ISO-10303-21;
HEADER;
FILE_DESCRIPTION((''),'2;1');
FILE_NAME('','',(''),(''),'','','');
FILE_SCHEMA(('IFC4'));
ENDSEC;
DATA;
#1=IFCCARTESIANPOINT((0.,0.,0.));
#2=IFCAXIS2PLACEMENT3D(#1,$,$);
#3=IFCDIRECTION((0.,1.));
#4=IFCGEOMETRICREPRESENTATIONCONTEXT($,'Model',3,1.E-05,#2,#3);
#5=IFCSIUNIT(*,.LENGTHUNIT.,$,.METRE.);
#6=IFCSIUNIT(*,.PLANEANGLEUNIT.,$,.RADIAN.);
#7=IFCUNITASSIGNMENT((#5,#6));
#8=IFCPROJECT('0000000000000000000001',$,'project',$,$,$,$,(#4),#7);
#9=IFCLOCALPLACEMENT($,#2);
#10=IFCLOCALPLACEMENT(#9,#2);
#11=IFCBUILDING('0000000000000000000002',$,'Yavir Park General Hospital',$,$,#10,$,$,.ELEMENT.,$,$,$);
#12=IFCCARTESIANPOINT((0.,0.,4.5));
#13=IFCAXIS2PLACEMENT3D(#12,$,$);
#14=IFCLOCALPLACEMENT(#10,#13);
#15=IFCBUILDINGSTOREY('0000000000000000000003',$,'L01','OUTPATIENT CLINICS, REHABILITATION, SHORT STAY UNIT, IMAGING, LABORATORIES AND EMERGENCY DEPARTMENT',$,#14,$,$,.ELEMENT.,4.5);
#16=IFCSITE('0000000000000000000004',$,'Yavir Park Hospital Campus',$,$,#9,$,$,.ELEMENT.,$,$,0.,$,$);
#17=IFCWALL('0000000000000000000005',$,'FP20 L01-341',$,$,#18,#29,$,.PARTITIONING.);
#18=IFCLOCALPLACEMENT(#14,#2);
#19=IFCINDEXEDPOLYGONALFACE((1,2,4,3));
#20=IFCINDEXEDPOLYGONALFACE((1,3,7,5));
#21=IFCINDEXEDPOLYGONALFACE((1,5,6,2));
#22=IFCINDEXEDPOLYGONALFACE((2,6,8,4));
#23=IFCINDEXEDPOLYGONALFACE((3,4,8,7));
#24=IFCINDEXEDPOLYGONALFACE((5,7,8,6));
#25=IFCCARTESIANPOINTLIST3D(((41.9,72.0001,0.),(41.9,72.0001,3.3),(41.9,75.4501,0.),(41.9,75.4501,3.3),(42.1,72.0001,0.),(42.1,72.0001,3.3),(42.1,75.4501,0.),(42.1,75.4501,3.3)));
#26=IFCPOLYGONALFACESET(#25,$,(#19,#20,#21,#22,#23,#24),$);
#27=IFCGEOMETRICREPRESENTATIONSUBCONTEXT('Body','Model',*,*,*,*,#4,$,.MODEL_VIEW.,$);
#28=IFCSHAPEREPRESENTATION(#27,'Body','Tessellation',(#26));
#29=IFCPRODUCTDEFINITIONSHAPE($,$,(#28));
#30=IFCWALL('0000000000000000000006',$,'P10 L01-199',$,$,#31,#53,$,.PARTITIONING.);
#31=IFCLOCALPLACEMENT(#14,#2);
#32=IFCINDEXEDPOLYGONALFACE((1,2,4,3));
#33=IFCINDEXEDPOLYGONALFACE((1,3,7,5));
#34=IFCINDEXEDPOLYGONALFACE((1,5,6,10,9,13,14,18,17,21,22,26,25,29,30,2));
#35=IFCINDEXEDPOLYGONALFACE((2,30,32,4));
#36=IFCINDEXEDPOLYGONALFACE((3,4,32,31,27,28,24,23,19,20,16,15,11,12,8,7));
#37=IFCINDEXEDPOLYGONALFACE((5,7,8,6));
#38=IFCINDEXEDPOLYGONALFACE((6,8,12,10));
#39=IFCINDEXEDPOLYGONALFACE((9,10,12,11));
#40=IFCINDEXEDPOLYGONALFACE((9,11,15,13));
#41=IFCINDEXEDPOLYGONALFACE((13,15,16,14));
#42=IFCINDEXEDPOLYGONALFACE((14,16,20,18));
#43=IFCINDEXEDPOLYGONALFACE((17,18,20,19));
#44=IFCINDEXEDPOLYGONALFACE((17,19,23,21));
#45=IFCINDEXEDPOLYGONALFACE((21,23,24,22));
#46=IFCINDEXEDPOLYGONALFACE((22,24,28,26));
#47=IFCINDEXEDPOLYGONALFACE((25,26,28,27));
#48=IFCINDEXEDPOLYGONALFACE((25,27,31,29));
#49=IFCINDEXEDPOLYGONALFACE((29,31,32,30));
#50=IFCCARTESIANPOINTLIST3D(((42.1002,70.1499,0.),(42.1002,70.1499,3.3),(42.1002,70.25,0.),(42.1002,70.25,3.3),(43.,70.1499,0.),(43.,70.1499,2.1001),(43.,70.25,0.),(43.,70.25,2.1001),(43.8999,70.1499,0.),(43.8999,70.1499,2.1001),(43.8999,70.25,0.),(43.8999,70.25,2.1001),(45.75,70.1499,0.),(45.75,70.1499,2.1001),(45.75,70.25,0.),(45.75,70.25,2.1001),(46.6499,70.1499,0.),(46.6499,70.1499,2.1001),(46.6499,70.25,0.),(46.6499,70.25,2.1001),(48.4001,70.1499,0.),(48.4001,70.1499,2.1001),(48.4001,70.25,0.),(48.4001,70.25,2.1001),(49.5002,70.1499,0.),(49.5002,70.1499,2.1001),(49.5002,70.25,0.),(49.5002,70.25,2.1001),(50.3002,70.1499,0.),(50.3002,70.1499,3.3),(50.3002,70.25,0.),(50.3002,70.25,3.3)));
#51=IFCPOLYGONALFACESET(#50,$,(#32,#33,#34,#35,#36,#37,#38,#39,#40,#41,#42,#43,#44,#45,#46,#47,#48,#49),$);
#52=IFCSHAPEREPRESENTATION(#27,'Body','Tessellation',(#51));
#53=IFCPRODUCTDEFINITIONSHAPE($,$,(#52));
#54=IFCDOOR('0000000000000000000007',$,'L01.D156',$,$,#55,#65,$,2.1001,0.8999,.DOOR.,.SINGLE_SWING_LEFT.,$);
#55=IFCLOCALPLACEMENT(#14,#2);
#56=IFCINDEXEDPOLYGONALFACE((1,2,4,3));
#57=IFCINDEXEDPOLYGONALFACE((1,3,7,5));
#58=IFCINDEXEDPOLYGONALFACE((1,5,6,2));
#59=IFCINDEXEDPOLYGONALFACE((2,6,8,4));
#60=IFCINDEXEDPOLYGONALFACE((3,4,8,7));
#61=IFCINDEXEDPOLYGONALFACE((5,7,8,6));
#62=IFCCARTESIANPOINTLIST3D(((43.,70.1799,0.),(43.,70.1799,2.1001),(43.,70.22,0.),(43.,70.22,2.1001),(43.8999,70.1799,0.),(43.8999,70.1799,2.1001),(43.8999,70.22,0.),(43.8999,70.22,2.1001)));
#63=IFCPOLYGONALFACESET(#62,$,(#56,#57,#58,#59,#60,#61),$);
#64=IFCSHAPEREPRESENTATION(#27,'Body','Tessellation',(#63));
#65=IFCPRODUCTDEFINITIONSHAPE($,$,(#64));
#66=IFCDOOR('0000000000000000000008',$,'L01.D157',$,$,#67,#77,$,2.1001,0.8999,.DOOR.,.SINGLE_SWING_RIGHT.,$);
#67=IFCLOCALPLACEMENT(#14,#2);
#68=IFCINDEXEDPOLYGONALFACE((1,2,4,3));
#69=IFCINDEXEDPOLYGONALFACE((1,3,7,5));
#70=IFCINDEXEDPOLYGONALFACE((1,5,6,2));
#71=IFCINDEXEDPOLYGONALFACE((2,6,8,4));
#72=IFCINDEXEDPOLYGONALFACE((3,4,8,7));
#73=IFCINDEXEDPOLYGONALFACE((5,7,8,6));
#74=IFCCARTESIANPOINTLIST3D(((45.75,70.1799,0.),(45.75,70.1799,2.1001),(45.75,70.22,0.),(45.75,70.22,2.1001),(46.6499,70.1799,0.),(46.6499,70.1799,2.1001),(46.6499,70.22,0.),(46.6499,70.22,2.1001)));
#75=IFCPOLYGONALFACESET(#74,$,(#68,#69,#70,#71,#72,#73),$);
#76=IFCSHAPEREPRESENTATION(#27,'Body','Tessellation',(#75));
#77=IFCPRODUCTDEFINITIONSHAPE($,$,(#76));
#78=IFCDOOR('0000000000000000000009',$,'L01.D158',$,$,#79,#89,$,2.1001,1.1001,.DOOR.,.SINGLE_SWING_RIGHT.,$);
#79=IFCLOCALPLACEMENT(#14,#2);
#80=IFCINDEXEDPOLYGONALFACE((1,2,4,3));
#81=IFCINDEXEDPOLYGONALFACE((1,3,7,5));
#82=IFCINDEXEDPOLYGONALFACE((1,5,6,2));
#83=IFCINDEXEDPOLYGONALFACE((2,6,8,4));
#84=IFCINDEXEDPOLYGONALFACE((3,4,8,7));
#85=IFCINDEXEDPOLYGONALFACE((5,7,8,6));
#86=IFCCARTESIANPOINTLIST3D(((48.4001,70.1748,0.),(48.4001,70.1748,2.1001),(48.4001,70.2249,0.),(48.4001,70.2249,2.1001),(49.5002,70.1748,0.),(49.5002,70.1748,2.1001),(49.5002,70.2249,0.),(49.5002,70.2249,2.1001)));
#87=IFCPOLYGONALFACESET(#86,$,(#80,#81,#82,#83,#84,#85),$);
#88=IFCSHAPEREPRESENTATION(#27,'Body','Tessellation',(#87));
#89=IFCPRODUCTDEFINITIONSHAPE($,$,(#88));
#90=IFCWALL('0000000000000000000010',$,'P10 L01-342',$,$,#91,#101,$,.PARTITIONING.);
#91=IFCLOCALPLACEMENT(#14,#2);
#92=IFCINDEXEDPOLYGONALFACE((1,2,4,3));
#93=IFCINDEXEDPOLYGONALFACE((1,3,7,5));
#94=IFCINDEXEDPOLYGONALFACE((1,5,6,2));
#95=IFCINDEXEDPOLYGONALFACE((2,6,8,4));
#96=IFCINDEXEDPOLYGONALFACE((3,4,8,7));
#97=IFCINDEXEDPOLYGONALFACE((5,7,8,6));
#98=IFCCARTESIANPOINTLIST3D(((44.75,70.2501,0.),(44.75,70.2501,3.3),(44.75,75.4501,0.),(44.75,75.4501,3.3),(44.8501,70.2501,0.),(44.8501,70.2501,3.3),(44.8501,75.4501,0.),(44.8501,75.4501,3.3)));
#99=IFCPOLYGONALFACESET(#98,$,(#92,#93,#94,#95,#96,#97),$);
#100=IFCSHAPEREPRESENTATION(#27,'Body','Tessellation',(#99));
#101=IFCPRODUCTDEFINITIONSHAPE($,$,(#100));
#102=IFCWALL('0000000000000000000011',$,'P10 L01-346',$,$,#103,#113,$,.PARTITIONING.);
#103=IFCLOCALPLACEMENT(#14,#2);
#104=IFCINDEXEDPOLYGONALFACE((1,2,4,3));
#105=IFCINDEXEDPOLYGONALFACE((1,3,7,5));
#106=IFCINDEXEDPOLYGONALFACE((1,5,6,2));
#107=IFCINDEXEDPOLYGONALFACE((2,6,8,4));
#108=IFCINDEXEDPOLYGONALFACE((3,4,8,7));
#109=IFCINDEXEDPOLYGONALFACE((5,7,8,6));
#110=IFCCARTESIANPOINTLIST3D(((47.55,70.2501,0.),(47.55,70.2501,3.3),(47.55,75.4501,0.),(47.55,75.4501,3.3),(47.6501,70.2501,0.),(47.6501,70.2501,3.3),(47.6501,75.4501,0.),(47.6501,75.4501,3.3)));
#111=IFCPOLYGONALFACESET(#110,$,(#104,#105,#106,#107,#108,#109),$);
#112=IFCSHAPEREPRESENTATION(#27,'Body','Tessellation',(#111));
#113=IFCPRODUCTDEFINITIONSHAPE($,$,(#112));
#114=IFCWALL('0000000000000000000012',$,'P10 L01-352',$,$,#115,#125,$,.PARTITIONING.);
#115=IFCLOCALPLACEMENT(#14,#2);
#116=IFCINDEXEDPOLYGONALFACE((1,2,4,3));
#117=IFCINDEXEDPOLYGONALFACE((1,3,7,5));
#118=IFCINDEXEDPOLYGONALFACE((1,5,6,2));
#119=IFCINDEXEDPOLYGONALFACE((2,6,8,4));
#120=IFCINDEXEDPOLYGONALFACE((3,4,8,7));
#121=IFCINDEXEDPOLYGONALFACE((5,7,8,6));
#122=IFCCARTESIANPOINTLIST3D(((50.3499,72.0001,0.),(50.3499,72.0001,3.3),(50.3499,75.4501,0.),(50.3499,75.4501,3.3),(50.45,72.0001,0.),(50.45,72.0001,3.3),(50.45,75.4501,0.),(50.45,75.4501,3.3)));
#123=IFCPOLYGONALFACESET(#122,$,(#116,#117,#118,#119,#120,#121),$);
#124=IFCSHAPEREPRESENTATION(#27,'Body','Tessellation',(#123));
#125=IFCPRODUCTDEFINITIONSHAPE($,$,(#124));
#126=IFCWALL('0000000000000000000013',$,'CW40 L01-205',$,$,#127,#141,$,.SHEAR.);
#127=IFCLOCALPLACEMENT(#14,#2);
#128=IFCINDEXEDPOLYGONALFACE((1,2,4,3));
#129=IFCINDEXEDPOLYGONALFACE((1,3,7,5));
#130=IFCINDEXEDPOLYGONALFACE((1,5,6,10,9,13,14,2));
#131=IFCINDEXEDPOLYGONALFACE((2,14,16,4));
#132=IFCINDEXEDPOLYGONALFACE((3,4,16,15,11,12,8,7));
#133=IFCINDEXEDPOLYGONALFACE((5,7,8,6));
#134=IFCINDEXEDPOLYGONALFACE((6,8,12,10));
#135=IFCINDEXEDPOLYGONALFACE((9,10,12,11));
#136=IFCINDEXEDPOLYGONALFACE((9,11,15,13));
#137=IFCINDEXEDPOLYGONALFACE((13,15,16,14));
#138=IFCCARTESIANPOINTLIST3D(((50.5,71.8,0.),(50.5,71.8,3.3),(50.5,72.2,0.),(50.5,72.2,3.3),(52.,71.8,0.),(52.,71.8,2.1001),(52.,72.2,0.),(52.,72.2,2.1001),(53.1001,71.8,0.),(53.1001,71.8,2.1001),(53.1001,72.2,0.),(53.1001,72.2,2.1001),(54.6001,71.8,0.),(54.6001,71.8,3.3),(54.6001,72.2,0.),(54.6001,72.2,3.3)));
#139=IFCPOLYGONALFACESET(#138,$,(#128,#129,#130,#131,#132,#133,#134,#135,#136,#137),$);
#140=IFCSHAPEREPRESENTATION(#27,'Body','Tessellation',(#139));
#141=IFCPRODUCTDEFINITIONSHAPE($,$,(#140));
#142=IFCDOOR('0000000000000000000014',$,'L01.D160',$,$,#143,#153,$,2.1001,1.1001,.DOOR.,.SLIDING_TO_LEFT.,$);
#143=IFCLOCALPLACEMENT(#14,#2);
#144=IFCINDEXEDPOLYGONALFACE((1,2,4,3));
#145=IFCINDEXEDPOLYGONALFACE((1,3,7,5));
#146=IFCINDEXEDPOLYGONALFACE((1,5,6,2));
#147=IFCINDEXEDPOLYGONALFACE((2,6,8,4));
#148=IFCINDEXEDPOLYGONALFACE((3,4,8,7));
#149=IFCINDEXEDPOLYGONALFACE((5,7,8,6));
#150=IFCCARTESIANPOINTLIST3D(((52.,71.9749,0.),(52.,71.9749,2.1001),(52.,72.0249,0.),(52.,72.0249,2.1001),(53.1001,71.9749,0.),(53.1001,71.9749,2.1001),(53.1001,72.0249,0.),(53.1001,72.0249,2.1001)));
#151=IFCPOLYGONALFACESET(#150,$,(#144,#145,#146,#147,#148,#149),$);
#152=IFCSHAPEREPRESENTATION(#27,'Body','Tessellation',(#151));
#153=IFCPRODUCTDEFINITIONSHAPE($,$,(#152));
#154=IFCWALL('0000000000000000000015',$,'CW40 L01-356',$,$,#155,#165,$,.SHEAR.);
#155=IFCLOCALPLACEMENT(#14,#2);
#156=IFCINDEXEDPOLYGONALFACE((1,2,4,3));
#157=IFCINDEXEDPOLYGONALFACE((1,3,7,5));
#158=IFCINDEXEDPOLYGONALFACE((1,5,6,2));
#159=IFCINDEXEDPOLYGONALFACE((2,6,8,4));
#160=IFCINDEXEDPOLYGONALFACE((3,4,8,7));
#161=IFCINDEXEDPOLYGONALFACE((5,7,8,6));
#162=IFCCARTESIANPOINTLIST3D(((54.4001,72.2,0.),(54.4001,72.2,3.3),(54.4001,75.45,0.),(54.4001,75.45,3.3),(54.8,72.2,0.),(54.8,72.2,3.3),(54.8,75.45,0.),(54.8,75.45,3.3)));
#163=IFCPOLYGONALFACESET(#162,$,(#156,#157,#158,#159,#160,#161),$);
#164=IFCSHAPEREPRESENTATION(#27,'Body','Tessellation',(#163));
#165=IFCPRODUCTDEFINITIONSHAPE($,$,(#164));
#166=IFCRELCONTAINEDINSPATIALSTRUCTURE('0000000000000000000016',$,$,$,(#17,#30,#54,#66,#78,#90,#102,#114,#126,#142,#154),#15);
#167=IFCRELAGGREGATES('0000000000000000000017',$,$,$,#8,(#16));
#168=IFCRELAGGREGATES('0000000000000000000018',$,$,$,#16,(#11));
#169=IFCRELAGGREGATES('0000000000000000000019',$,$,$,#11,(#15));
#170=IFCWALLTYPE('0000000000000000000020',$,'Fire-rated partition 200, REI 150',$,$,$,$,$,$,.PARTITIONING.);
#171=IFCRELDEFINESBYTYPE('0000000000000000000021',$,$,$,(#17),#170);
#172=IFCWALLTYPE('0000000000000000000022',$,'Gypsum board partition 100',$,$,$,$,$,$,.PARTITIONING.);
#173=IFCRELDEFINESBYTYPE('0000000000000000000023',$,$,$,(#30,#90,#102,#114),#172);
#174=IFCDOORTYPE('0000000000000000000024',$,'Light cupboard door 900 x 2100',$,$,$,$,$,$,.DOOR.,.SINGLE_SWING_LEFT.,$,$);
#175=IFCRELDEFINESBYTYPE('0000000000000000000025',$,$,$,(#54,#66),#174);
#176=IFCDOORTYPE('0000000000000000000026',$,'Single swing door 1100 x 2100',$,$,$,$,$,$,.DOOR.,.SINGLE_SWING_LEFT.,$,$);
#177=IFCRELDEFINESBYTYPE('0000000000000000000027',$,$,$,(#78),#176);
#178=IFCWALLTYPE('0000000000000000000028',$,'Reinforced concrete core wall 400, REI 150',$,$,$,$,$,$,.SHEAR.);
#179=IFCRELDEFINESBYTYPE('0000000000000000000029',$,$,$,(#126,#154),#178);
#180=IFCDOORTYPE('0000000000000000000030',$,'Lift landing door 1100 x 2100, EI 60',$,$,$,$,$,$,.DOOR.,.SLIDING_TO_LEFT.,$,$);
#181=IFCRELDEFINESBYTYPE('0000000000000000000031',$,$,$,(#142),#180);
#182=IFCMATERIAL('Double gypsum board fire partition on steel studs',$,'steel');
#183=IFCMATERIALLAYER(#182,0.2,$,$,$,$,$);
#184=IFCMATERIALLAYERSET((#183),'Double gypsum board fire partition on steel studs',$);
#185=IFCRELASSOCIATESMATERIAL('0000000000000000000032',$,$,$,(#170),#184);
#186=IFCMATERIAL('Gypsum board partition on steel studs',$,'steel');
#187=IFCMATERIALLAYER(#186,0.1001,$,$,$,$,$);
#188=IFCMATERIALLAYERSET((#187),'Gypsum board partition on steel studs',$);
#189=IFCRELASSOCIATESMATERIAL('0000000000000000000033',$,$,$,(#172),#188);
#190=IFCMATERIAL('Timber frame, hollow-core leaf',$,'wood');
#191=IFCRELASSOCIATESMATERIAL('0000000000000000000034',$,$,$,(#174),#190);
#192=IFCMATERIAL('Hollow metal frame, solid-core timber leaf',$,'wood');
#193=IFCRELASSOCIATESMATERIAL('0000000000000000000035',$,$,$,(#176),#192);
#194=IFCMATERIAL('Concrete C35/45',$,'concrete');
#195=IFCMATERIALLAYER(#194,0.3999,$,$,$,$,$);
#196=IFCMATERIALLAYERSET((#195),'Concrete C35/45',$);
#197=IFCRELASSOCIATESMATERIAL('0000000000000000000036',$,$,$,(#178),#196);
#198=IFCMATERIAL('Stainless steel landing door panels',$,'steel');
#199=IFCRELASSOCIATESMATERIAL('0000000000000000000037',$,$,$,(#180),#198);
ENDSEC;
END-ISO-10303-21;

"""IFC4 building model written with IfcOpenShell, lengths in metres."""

from ifc_helpers import new_model, si_unit, direction, frame, frame_2d, origin, place, context, subcontext, project, spatial, rectangle, extrude, material, layer, layer_set, type_object, element, fill, save


model = new_model("IFC4")

# Units and contexts
model_context = context("Model", 3, precision=1e-05, world=origin(), true_north=direction((0.0, 1.0)))
body_context = subcontext(model_context, "Body", "Model", "MODEL_VIEW")
ifc_project = project(units=[si_unit("LENGTHUNIT", "METRE"), si_unit("PLANEANGLEUNIT", "RADIAN")], contexts=[model_context])

# Site, building, storey
site_placement = place(None, origin())
site = spatial("IfcSite", under=ifc_project, at=site_placement, Name="Yavir Park Hospital Campus", CompositionType="ELEMENT", RefElevation=0.0)
building_placement = place(site_placement, origin())
building = spatial("IfcBuilding", under=site, at=building_placement, Name="Yavir Park General Hospital", CompositionType="ELEMENT")
storey_placement = place(building_placement, frame((0.0, 0.0, 4.5)))
storey = spatial("IfcBuildingStorey", under=building, at=storey_placement, Name="L01", Description="OUTPATIENT CLINICS, REHABILITATION, SHORT STAY UNIT, IMAGING, LABORATORIES AND EMERGENCY DEPARTMENT", CompositionType="ELEMENT", Elevation=4.5)

# Wall
ifc_material_1 = material(Name="Double gypsum board fire partition on steel studs", Category="steel")
ifc_layer_1 = layer(ifc_material_1, 0.2)
ifc_layer_set_1 = layer_set([ifc_layer_1], Name="Double gypsum board fire partition on steel studs")
wall_type_1 = type_object("IfcWallType", Name="Fire-rated partition 200, REI 150", PredefinedType="PARTITIONING", material=ifc_layer_set_1)
wall_1_placement = place(storey_placement, frame((42.0, 72.0, 0.0), z_axis=(0.0, 0.0, 1.0), x_axis=(0.0, 1.0, 0.0)))
element("IfcWall", 1, at=wall_1_placement, inside=storey, type_object=wall_type_1, Name="FP20 L01-341", PredefinedType="PARTITIONING", context=body_context, shape_type="SweptSolid", body=[
    extrude(rectangle(XDim=3.45, YDim=0.2, at=frame_2d((1.7251, 0.0))), origin(), (0.0, 0.0, 1.0), 3.3),
])

# Wall, openings, doors
ifc_material_2 = material(Name="Gypsum board partition on steel studs", Category="steel")
ifc_layer_2 = layer(ifc_material_2, 0.1001)
ifc_layer_set_2 = layer_set([ifc_layer_2], Name="Gypsum board partition on steel studs")
wall_type_2 = type_object("IfcWallType", Name="Gypsum board partition 100", PredefinedType="PARTITIONING", material=ifc_layer_set_2)
wall_2_placement = place(storey_placement, frame((42.1001, 70.2, 0.0), z_axis=(0.0, 0.0, 1.0), x_axis=(1.0, 0.0, 0.0)))
wall_2 = element("IfcWall", 2, at=wall_2_placement, inside=storey, type_object=wall_type_2, Name="P10 L01-199", PredefinedType="PARTITIONING", context=body_context, shape_type="SweptSolid", body=[
    extrude(rectangle(XDim=8.2, YDim=0.1001, at=frame_2d((4.1001, 0.0))), origin(), (0.0, 0.0, 1.0), 3.3),
])
opening_1_placement = place(wall_2_placement, frame((0.8999, 0.0, 0.0)))
opening_1 = element("IfcOpeningElement", 3, at=opening_1_placement, cuts=wall_2, PredefinedType="OPENING", context=body_context, shape_type="SweptSolid", body=[
    extrude(rectangle(XDim=0.8999, YDim=2.1001, at=frame_2d((0.45, 1.05))), frame((0.0, 0.0601, 0.0), z_axis=(0.0, -1.0, 0.0), x_axis=(1.0, 0.0, 0.0)), (0.0, 0.0, 1.0), 0.1201),
])
opening_2_placement = place(wall_2_placement, frame((3.6499, 0.0, 0.0)))
opening_2 = element("IfcOpeningElement", 4, at=opening_2_placement, cuts=wall_2, PredefinedType="OPENING", context=body_context, shape_type="SweptSolid", body=[
    extrude(rectangle(XDim=0.8999, YDim=2.1001, at=frame_2d((0.45, 1.05))), frame((0.0, 0.0601, 0.0), z_axis=(0.0, -1.0, 0.0), x_axis=(1.0, 0.0, 0.0)), (0.0, 0.0, 1.0), 0.1201),
])
opening_3_placement = place(wall_2_placement, frame((6.3, 0.0, 0.0)))
opening_3 = element("IfcOpeningElement", 5, at=opening_3_placement, cuts=wall_2, PredefinedType="OPENING", context=body_context, shape_type="SweptSolid", body=[
    extrude(rectangle(XDim=1.1001, YDim=2.1001, at=frame_2d((0.55, 1.05))), frame((0.0, 0.0601, 0.0), z_axis=(0.0, -1.0, 0.0), x_axis=(1.0, 0.0, 0.0)), (0.0, 0.0, 1.0), 0.1201),
])
ifc_material_3 = material(Name="Timber frame, hollow-core leaf", Category="wood")
door_type_1 = type_object("IfcDoorType", Name="Light cupboard door 900 x 2100", OperationType="SINGLE_SWING_LEFT", PredefinedType="DOOR", material=ifc_material_3)
door_1_placement = place(opening_1_placement, origin())
door_1 = element("IfcDoor", 6, at=door_1_placement, inside=storey, type_object=door_type_1, Name="L01.D156", OperationType="SINGLE_SWING_LEFT", OverallHeight=2.1001, OverallWidth=0.8999, PredefinedType="DOOR", context=body_context, shape_type="SweptSolid", body=[
    extrude(rectangle(XDim=0.8999, YDim=2.1001, at=frame_2d((0.45, 1.05))), frame((0.0, 0.02, 0.0), z_axis=(0.0, -1.0, 0.0), x_axis=(1.0, 0.0, 0.0)), (0.0, 0.0, 1.0), 0.04),
])
fill(opening_1, door_1)
door_2_placement = place(opening_2_placement, origin())
door_2 = element("IfcDoor", 7, at=door_2_placement, inside=storey, type_object=door_type_1, Name="L01.D157", OperationType="SINGLE_SWING_RIGHT", OverallHeight=2.1001, OverallWidth=0.8999, PredefinedType="DOOR", context=body_context, shape_type="SweptSolid", body=[
    extrude(rectangle(XDim=0.8999, YDim=2.1001, at=frame_2d((0.45, 1.05))), frame((0.0, 0.02, 0.0), z_axis=(0.0, -1.0, 0.0), x_axis=(1.0, 0.0, 0.0)), (0.0, 0.0, 1.0), 0.04),
])
fill(opening_2, door_2)
ifc_material_4 = material(Name="Hollow metal frame, solid-core timber leaf", Category="wood")
door_type_2 = type_object("IfcDoorType", Name="Single swing door 1100 x 2100", OperationType="SINGLE_SWING_LEFT", PredefinedType="DOOR", material=ifc_material_4)
door_3_placement = place(opening_3_placement, origin())
door_3 = element("IfcDoor", 8, at=door_3_placement, inside=storey, type_object=door_type_2, Name="L01.D158", OperationType="SINGLE_SWING_RIGHT", OverallHeight=2.1001, OverallWidth=1.1001, PredefinedType="DOOR", context=body_context, shape_type="SweptSolid", body=[
    extrude(rectangle(XDim=1.1001, YDim=2.1001, at=frame_2d((0.55, 1.05))), frame((0.0, 0.0249, 0.0), z_axis=(0.0, -1.0, 0.0), x_axis=(1.0, 0.0, 0.0)), (0.0, 0.0, 1.0), 0.05),
])
fill(opening_3, door_3)

# Walls
for number, where, z_axis, x_axis, name in (
    (9, (44.8, 70.25, 0.0), (0.0, 0.0, 1.0), (0.0, 1.0, 0.0), "P10 L01-342"),
    (10, (47.6001, 70.25, 0.0), (0.0, 0.0, 1.0), (0.0, 1.0, 0.0), "P10 L01-346"),
):
    element("IfcWall", number, at=place(storey_placement, frame(where, z_axis=z_axis, x_axis=x_axis)), inside=storey, type_object=wall_type_2, Name=name, PredefinedType="PARTITIONING", context=body_context, shape_type="SweptSolid", body=[
        extrude(rectangle(XDim=5.2, YDim=0.1001, at=frame_2d((2.6001, 0.0))), origin(), (0.0, 0.0, 1.0), 3.3),
    ])
wall_3_placement = place(storey_placement, frame((50.3999, 72.0, 0.0), z_axis=(0.0, 0.0, 1.0), x_axis=(0.0, 1.0, 0.0)))
element("IfcWall", 11, at=wall_3_placement, inside=storey, type_object=wall_type_2, Name="P10 L01-352", PredefinedType="PARTITIONING", context=body_context, shape_type="SweptSolid", body=[
    extrude(rectangle(XDim=3.45, YDim=0.1001, at=frame_2d((1.7251, 0.0))), origin(), (0.0, 0.0, 1.0), 3.3),
])

# Wall, opening, door
ifc_material_5 = material(Name="Concrete C35/45", Category="concrete")
ifc_layer_3 = layer(ifc_material_5, 0.3999)
ifc_layer_set_3 = layer_set([ifc_layer_3], Name="Concrete C35/45")
wall_type_3 = type_object("IfcWallType", Name="Reinforced concrete core wall 400, REI 150", PredefinedType="SHEAR", material=ifc_layer_set_3)
wall_4_placement = place(storey_placement, frame((50.5, 72.0, 0.0), z_axis=(0.0, 0.0, 1.0), x_axis=(1.0, 0.0, 0.0)))
wall_4 = element("IfcWall", 12, at=wall_4_placement, inside=storey, type_object=wall_type_3, Name="CW40 L01-205", PredefinedType="SHEAR", context=body_context, shape_type="SweptSolid", body=[
    extrude(rectangle(XDim=4.1001, YDim=0.3999, at=frame_2d((2.05, 0.0))), origin(), (0.0, 0.0, 1.0), 3.3),
])
opening_4_placement = place(wall_4_placement, frame((1.5, 0.0, 0.0)))
opening_4 = element("IfcOpeningElement", 13, at=opening_4_placement, cuts=wall_4, PredefinedType="OPENING", context=body_context, shape_type="SweptSolid", body=[
    extrude(rectangle(XDim=1.1001, YDim=2.1001, at=frame_2d((0.55, 1.05))), frame((0.0, 0.21, 0.0), z_axis=(0.0, -1.0, 0.0), x_axis=(1.0, 0.0, 0.0)), (0.0, 0.0, 1.0), 0.4199),
])
ifc_material_6 = material(Name="Stainless steel landing door panels", Category="steel")
door_type_3 = type_object("IfcDoorType", Name="Lift landing door 1100 x 2100, EI 60", OperationType="SLIDING_TO_LEFT", PredefinedType="DOOR", material=ifc_material_6)
door_4_placement = place(opening_4_placement, origin())
door_4 = element("IfcDoor", 14, at=door_4_placement, inside=storey, type_object=door_type_3, Name="L01.D160", OperationType="SLIDING_TO_LEFT", OverallHeight=2.1001, OverallWidth=1.1001, PredefinedType="DOOR", context=body_context, shape_type="SweptSolid", body=[
    extrude(rectangle(XDim=1.1001, YDim=2.1001, at=frame_2d((0.55, 1.05))), frame((0.0, 0.0249, 0.0), z_axis=(0.0, -1.0, 0.0), x_axis=(1.0, 0.0, 0.0)), (0.0, 0.0, 1.0), 0.05),
])
fill(opening_4, door_4)

# Wall
wall_5_placement = place(storey_placement, frame((54.6001, 72.2, 0.0), z_axis=(0.0, 0.0, 1.0), x_axis=(0.0, 1.0, 0.0)))
element("IfcWall", 15, at=wall_5_placement, inside=storey, type_object=wall_type_3, Name="CW40 L01-356", PredefinedType="SHEAR", context=body_context, shape_type="SweptSolid", body=[
    extrude(rectangle(XDim=3.25, YDim=0.3999, at=frame_2d((1.625, 0.0))), origin(), (0.0, 0.0, 1.0), 3.3),
])

save(model, "model.ifc")
